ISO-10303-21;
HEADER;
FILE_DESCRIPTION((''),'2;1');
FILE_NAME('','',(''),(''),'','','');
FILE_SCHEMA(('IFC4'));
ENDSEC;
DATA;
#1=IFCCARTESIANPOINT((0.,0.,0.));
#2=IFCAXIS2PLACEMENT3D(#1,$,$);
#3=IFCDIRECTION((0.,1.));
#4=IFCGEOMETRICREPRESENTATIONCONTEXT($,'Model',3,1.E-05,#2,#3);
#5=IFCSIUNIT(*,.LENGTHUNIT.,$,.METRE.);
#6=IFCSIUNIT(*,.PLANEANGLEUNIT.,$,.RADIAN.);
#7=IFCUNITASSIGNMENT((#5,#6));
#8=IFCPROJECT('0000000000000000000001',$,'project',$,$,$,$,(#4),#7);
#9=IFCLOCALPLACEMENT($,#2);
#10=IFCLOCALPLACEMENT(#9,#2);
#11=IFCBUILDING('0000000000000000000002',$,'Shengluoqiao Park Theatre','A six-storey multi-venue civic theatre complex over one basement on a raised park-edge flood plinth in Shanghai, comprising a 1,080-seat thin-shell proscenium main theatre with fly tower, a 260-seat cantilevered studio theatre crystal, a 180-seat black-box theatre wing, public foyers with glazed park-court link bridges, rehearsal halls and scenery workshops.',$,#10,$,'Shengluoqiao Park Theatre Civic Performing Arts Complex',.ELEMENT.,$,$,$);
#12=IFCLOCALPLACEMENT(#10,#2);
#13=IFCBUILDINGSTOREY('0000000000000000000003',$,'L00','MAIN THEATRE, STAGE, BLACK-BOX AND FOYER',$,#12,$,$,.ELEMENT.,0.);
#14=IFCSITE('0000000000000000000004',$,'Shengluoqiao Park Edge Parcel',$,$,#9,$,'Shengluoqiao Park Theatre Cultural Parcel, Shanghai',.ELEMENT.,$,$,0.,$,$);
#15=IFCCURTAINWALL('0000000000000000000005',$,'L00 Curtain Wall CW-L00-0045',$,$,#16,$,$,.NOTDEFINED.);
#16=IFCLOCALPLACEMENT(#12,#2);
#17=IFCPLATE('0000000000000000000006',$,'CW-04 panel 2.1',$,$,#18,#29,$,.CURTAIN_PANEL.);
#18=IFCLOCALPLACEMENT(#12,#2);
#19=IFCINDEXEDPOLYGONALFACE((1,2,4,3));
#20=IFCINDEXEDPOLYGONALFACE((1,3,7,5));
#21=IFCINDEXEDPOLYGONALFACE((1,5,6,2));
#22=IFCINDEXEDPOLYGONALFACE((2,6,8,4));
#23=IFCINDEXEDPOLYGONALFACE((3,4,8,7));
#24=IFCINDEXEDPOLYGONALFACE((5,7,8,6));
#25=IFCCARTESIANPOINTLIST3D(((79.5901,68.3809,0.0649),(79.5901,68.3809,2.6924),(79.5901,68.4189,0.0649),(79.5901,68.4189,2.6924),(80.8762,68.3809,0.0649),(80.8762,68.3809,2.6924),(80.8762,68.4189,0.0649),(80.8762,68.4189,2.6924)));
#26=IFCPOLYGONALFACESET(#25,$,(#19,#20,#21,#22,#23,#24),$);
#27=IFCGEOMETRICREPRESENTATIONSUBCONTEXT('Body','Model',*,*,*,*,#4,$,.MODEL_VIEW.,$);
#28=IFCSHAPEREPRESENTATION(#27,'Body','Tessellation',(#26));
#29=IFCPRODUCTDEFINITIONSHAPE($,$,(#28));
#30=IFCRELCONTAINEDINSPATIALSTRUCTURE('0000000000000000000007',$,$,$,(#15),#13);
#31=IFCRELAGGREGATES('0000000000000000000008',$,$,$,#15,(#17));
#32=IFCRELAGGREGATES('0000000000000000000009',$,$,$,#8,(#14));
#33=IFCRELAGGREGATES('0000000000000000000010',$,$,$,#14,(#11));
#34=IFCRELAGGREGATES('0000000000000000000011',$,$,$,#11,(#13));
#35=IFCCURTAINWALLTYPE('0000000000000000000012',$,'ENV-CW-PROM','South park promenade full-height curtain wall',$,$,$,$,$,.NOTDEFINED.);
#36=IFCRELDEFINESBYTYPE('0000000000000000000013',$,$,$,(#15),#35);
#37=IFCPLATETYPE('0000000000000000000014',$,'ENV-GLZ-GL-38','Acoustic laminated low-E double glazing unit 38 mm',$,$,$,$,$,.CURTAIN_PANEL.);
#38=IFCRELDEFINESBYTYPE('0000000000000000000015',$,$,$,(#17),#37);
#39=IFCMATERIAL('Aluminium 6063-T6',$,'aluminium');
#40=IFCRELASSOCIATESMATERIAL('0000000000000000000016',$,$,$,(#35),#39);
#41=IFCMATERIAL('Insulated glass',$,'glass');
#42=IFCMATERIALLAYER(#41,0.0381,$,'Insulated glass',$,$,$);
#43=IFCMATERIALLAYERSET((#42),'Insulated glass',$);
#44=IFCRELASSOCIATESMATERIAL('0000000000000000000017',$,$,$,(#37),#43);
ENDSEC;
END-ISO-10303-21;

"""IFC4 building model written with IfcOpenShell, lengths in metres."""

from ifc_helpers import new_model, si_unit, direction, frame, origin, origin_2d, place, context, subcontext, project, spatial, rectangle, extrude, material, layer, layer_set, type_object, element, aggregate, save


model = new_model("IFC4")

# Units and contexts
model_context = context("Model", 3, precision=1e-05, world=origin(), true_north=direction((0.0, 1.0)))
body_context = subcontext(model_context, "Body", "Model", "MODEL_VIEW")
ifc_project = project(units=[si_unit("LENGTHUNIT", "METRE"), si_unit("PLANEANGLEUNIT", "RADIAN")], contexts=[model_context])

# Site, building, storey
site_placement = place(None, origin())
site = spatial("IfcSite", under=ifc_project, at=site_placement, Name="Shengluoqiao Park Edge Parcel", LongName="Shengluoqiao Park Theatre Cultural Parcel, Shanghai", CompositionType="ELEMENT", RefElevation=0.0)
building_placement = place(site_placement, origin())
building = spatial("IfcBuilding", under=site, at=building_placement, Name="Shengluoqiao Park Theatre", Description="A six-storey multi-venue civic theatre complex over one basement on a raised park-edge flood plinth in Shanghai, comprising a 1,080-seat thin-shell proscenium main theatre with fly tower, a 260-seat cantilevered studio theatre crystal, a 180-seat black-box theatre wing, public foyers with glazed park-court link bridges, rehearsal halls and scenery workshops.", LongName="Shengluoqiao Park Theatre Civic Performing Arts Complex", CompositionType="ELEMENT")
storey_placement = place(building_placement, origin())
storey = spatial("IfcBuildingStorey", under=building, at=storey_placement, Name="L00", Description="MAIN THEATRE, STAGE, BLACK-BOX AND FOYER", CompositionType="ELEMENT", Elevation=0.0)

# Shared definitions
ifc_material_1 = material(Name="Aluminium 6063-T6", Category="aluminium")
curtain_wall_type = type_object("IfcCurtainWallType", Name="ENV-CW-PROM", Description="South park promenade full-height curtain wall", PredefinedType="NOTDEFINED", material=ifc_material_1)

# Curtain wall
curtain_wall_1_placement = place(storey_placement, origin())
curtain_wall_1 = element("IfcCurtainWall", 1, at=curtain_wall_1_placement, inside=storey, type_object=curtain_wall_type, Name="L00 Curtain Wall CW-L00-0045", PredefinedType="NOTDEFINED")

# Plate
ifc_material_2 = material(Name="Insulated glass", Category="glass")
ifc_layer = layer(ifc_material_2, 0.0381, Name="Insulated glass")
ifc_layer_set = layer_set([ifc_layer], Name="Insulated glass")
plate_type = type_object("IfcPlateType", Name="ENV-GLZ-GL-38", Description="Acoustic laminated low-E double glazing unit 38 mm", PredefinedType="CURTAIN_PANEL", material=ifc_layer_set)
plate_1_placement = place(storey_placement, frame((80.2332, 68.3999, 0.0649), z_axis=(0.0, 0.0, 1.0), x_axis=(1.0, 0.0, 0.0)))
plate_1 = element("IfcPlate", 2, at=plate_1_placement, type_object=plate_type, Name="CW-04 panel 2.1", PredefinedType="CURTAIN_PANEL", context=body_context, shape_type="SweptSolid", body=[
    extrude(rectangle(XDim=1.2861, YDim=0.0381, at=origin_2d()), origin(), (0.0, 0.0, 1.0), 2.6274),
])
aggregate(curtain_wall_1, [plate_1])

save(model, "model.ifc")
